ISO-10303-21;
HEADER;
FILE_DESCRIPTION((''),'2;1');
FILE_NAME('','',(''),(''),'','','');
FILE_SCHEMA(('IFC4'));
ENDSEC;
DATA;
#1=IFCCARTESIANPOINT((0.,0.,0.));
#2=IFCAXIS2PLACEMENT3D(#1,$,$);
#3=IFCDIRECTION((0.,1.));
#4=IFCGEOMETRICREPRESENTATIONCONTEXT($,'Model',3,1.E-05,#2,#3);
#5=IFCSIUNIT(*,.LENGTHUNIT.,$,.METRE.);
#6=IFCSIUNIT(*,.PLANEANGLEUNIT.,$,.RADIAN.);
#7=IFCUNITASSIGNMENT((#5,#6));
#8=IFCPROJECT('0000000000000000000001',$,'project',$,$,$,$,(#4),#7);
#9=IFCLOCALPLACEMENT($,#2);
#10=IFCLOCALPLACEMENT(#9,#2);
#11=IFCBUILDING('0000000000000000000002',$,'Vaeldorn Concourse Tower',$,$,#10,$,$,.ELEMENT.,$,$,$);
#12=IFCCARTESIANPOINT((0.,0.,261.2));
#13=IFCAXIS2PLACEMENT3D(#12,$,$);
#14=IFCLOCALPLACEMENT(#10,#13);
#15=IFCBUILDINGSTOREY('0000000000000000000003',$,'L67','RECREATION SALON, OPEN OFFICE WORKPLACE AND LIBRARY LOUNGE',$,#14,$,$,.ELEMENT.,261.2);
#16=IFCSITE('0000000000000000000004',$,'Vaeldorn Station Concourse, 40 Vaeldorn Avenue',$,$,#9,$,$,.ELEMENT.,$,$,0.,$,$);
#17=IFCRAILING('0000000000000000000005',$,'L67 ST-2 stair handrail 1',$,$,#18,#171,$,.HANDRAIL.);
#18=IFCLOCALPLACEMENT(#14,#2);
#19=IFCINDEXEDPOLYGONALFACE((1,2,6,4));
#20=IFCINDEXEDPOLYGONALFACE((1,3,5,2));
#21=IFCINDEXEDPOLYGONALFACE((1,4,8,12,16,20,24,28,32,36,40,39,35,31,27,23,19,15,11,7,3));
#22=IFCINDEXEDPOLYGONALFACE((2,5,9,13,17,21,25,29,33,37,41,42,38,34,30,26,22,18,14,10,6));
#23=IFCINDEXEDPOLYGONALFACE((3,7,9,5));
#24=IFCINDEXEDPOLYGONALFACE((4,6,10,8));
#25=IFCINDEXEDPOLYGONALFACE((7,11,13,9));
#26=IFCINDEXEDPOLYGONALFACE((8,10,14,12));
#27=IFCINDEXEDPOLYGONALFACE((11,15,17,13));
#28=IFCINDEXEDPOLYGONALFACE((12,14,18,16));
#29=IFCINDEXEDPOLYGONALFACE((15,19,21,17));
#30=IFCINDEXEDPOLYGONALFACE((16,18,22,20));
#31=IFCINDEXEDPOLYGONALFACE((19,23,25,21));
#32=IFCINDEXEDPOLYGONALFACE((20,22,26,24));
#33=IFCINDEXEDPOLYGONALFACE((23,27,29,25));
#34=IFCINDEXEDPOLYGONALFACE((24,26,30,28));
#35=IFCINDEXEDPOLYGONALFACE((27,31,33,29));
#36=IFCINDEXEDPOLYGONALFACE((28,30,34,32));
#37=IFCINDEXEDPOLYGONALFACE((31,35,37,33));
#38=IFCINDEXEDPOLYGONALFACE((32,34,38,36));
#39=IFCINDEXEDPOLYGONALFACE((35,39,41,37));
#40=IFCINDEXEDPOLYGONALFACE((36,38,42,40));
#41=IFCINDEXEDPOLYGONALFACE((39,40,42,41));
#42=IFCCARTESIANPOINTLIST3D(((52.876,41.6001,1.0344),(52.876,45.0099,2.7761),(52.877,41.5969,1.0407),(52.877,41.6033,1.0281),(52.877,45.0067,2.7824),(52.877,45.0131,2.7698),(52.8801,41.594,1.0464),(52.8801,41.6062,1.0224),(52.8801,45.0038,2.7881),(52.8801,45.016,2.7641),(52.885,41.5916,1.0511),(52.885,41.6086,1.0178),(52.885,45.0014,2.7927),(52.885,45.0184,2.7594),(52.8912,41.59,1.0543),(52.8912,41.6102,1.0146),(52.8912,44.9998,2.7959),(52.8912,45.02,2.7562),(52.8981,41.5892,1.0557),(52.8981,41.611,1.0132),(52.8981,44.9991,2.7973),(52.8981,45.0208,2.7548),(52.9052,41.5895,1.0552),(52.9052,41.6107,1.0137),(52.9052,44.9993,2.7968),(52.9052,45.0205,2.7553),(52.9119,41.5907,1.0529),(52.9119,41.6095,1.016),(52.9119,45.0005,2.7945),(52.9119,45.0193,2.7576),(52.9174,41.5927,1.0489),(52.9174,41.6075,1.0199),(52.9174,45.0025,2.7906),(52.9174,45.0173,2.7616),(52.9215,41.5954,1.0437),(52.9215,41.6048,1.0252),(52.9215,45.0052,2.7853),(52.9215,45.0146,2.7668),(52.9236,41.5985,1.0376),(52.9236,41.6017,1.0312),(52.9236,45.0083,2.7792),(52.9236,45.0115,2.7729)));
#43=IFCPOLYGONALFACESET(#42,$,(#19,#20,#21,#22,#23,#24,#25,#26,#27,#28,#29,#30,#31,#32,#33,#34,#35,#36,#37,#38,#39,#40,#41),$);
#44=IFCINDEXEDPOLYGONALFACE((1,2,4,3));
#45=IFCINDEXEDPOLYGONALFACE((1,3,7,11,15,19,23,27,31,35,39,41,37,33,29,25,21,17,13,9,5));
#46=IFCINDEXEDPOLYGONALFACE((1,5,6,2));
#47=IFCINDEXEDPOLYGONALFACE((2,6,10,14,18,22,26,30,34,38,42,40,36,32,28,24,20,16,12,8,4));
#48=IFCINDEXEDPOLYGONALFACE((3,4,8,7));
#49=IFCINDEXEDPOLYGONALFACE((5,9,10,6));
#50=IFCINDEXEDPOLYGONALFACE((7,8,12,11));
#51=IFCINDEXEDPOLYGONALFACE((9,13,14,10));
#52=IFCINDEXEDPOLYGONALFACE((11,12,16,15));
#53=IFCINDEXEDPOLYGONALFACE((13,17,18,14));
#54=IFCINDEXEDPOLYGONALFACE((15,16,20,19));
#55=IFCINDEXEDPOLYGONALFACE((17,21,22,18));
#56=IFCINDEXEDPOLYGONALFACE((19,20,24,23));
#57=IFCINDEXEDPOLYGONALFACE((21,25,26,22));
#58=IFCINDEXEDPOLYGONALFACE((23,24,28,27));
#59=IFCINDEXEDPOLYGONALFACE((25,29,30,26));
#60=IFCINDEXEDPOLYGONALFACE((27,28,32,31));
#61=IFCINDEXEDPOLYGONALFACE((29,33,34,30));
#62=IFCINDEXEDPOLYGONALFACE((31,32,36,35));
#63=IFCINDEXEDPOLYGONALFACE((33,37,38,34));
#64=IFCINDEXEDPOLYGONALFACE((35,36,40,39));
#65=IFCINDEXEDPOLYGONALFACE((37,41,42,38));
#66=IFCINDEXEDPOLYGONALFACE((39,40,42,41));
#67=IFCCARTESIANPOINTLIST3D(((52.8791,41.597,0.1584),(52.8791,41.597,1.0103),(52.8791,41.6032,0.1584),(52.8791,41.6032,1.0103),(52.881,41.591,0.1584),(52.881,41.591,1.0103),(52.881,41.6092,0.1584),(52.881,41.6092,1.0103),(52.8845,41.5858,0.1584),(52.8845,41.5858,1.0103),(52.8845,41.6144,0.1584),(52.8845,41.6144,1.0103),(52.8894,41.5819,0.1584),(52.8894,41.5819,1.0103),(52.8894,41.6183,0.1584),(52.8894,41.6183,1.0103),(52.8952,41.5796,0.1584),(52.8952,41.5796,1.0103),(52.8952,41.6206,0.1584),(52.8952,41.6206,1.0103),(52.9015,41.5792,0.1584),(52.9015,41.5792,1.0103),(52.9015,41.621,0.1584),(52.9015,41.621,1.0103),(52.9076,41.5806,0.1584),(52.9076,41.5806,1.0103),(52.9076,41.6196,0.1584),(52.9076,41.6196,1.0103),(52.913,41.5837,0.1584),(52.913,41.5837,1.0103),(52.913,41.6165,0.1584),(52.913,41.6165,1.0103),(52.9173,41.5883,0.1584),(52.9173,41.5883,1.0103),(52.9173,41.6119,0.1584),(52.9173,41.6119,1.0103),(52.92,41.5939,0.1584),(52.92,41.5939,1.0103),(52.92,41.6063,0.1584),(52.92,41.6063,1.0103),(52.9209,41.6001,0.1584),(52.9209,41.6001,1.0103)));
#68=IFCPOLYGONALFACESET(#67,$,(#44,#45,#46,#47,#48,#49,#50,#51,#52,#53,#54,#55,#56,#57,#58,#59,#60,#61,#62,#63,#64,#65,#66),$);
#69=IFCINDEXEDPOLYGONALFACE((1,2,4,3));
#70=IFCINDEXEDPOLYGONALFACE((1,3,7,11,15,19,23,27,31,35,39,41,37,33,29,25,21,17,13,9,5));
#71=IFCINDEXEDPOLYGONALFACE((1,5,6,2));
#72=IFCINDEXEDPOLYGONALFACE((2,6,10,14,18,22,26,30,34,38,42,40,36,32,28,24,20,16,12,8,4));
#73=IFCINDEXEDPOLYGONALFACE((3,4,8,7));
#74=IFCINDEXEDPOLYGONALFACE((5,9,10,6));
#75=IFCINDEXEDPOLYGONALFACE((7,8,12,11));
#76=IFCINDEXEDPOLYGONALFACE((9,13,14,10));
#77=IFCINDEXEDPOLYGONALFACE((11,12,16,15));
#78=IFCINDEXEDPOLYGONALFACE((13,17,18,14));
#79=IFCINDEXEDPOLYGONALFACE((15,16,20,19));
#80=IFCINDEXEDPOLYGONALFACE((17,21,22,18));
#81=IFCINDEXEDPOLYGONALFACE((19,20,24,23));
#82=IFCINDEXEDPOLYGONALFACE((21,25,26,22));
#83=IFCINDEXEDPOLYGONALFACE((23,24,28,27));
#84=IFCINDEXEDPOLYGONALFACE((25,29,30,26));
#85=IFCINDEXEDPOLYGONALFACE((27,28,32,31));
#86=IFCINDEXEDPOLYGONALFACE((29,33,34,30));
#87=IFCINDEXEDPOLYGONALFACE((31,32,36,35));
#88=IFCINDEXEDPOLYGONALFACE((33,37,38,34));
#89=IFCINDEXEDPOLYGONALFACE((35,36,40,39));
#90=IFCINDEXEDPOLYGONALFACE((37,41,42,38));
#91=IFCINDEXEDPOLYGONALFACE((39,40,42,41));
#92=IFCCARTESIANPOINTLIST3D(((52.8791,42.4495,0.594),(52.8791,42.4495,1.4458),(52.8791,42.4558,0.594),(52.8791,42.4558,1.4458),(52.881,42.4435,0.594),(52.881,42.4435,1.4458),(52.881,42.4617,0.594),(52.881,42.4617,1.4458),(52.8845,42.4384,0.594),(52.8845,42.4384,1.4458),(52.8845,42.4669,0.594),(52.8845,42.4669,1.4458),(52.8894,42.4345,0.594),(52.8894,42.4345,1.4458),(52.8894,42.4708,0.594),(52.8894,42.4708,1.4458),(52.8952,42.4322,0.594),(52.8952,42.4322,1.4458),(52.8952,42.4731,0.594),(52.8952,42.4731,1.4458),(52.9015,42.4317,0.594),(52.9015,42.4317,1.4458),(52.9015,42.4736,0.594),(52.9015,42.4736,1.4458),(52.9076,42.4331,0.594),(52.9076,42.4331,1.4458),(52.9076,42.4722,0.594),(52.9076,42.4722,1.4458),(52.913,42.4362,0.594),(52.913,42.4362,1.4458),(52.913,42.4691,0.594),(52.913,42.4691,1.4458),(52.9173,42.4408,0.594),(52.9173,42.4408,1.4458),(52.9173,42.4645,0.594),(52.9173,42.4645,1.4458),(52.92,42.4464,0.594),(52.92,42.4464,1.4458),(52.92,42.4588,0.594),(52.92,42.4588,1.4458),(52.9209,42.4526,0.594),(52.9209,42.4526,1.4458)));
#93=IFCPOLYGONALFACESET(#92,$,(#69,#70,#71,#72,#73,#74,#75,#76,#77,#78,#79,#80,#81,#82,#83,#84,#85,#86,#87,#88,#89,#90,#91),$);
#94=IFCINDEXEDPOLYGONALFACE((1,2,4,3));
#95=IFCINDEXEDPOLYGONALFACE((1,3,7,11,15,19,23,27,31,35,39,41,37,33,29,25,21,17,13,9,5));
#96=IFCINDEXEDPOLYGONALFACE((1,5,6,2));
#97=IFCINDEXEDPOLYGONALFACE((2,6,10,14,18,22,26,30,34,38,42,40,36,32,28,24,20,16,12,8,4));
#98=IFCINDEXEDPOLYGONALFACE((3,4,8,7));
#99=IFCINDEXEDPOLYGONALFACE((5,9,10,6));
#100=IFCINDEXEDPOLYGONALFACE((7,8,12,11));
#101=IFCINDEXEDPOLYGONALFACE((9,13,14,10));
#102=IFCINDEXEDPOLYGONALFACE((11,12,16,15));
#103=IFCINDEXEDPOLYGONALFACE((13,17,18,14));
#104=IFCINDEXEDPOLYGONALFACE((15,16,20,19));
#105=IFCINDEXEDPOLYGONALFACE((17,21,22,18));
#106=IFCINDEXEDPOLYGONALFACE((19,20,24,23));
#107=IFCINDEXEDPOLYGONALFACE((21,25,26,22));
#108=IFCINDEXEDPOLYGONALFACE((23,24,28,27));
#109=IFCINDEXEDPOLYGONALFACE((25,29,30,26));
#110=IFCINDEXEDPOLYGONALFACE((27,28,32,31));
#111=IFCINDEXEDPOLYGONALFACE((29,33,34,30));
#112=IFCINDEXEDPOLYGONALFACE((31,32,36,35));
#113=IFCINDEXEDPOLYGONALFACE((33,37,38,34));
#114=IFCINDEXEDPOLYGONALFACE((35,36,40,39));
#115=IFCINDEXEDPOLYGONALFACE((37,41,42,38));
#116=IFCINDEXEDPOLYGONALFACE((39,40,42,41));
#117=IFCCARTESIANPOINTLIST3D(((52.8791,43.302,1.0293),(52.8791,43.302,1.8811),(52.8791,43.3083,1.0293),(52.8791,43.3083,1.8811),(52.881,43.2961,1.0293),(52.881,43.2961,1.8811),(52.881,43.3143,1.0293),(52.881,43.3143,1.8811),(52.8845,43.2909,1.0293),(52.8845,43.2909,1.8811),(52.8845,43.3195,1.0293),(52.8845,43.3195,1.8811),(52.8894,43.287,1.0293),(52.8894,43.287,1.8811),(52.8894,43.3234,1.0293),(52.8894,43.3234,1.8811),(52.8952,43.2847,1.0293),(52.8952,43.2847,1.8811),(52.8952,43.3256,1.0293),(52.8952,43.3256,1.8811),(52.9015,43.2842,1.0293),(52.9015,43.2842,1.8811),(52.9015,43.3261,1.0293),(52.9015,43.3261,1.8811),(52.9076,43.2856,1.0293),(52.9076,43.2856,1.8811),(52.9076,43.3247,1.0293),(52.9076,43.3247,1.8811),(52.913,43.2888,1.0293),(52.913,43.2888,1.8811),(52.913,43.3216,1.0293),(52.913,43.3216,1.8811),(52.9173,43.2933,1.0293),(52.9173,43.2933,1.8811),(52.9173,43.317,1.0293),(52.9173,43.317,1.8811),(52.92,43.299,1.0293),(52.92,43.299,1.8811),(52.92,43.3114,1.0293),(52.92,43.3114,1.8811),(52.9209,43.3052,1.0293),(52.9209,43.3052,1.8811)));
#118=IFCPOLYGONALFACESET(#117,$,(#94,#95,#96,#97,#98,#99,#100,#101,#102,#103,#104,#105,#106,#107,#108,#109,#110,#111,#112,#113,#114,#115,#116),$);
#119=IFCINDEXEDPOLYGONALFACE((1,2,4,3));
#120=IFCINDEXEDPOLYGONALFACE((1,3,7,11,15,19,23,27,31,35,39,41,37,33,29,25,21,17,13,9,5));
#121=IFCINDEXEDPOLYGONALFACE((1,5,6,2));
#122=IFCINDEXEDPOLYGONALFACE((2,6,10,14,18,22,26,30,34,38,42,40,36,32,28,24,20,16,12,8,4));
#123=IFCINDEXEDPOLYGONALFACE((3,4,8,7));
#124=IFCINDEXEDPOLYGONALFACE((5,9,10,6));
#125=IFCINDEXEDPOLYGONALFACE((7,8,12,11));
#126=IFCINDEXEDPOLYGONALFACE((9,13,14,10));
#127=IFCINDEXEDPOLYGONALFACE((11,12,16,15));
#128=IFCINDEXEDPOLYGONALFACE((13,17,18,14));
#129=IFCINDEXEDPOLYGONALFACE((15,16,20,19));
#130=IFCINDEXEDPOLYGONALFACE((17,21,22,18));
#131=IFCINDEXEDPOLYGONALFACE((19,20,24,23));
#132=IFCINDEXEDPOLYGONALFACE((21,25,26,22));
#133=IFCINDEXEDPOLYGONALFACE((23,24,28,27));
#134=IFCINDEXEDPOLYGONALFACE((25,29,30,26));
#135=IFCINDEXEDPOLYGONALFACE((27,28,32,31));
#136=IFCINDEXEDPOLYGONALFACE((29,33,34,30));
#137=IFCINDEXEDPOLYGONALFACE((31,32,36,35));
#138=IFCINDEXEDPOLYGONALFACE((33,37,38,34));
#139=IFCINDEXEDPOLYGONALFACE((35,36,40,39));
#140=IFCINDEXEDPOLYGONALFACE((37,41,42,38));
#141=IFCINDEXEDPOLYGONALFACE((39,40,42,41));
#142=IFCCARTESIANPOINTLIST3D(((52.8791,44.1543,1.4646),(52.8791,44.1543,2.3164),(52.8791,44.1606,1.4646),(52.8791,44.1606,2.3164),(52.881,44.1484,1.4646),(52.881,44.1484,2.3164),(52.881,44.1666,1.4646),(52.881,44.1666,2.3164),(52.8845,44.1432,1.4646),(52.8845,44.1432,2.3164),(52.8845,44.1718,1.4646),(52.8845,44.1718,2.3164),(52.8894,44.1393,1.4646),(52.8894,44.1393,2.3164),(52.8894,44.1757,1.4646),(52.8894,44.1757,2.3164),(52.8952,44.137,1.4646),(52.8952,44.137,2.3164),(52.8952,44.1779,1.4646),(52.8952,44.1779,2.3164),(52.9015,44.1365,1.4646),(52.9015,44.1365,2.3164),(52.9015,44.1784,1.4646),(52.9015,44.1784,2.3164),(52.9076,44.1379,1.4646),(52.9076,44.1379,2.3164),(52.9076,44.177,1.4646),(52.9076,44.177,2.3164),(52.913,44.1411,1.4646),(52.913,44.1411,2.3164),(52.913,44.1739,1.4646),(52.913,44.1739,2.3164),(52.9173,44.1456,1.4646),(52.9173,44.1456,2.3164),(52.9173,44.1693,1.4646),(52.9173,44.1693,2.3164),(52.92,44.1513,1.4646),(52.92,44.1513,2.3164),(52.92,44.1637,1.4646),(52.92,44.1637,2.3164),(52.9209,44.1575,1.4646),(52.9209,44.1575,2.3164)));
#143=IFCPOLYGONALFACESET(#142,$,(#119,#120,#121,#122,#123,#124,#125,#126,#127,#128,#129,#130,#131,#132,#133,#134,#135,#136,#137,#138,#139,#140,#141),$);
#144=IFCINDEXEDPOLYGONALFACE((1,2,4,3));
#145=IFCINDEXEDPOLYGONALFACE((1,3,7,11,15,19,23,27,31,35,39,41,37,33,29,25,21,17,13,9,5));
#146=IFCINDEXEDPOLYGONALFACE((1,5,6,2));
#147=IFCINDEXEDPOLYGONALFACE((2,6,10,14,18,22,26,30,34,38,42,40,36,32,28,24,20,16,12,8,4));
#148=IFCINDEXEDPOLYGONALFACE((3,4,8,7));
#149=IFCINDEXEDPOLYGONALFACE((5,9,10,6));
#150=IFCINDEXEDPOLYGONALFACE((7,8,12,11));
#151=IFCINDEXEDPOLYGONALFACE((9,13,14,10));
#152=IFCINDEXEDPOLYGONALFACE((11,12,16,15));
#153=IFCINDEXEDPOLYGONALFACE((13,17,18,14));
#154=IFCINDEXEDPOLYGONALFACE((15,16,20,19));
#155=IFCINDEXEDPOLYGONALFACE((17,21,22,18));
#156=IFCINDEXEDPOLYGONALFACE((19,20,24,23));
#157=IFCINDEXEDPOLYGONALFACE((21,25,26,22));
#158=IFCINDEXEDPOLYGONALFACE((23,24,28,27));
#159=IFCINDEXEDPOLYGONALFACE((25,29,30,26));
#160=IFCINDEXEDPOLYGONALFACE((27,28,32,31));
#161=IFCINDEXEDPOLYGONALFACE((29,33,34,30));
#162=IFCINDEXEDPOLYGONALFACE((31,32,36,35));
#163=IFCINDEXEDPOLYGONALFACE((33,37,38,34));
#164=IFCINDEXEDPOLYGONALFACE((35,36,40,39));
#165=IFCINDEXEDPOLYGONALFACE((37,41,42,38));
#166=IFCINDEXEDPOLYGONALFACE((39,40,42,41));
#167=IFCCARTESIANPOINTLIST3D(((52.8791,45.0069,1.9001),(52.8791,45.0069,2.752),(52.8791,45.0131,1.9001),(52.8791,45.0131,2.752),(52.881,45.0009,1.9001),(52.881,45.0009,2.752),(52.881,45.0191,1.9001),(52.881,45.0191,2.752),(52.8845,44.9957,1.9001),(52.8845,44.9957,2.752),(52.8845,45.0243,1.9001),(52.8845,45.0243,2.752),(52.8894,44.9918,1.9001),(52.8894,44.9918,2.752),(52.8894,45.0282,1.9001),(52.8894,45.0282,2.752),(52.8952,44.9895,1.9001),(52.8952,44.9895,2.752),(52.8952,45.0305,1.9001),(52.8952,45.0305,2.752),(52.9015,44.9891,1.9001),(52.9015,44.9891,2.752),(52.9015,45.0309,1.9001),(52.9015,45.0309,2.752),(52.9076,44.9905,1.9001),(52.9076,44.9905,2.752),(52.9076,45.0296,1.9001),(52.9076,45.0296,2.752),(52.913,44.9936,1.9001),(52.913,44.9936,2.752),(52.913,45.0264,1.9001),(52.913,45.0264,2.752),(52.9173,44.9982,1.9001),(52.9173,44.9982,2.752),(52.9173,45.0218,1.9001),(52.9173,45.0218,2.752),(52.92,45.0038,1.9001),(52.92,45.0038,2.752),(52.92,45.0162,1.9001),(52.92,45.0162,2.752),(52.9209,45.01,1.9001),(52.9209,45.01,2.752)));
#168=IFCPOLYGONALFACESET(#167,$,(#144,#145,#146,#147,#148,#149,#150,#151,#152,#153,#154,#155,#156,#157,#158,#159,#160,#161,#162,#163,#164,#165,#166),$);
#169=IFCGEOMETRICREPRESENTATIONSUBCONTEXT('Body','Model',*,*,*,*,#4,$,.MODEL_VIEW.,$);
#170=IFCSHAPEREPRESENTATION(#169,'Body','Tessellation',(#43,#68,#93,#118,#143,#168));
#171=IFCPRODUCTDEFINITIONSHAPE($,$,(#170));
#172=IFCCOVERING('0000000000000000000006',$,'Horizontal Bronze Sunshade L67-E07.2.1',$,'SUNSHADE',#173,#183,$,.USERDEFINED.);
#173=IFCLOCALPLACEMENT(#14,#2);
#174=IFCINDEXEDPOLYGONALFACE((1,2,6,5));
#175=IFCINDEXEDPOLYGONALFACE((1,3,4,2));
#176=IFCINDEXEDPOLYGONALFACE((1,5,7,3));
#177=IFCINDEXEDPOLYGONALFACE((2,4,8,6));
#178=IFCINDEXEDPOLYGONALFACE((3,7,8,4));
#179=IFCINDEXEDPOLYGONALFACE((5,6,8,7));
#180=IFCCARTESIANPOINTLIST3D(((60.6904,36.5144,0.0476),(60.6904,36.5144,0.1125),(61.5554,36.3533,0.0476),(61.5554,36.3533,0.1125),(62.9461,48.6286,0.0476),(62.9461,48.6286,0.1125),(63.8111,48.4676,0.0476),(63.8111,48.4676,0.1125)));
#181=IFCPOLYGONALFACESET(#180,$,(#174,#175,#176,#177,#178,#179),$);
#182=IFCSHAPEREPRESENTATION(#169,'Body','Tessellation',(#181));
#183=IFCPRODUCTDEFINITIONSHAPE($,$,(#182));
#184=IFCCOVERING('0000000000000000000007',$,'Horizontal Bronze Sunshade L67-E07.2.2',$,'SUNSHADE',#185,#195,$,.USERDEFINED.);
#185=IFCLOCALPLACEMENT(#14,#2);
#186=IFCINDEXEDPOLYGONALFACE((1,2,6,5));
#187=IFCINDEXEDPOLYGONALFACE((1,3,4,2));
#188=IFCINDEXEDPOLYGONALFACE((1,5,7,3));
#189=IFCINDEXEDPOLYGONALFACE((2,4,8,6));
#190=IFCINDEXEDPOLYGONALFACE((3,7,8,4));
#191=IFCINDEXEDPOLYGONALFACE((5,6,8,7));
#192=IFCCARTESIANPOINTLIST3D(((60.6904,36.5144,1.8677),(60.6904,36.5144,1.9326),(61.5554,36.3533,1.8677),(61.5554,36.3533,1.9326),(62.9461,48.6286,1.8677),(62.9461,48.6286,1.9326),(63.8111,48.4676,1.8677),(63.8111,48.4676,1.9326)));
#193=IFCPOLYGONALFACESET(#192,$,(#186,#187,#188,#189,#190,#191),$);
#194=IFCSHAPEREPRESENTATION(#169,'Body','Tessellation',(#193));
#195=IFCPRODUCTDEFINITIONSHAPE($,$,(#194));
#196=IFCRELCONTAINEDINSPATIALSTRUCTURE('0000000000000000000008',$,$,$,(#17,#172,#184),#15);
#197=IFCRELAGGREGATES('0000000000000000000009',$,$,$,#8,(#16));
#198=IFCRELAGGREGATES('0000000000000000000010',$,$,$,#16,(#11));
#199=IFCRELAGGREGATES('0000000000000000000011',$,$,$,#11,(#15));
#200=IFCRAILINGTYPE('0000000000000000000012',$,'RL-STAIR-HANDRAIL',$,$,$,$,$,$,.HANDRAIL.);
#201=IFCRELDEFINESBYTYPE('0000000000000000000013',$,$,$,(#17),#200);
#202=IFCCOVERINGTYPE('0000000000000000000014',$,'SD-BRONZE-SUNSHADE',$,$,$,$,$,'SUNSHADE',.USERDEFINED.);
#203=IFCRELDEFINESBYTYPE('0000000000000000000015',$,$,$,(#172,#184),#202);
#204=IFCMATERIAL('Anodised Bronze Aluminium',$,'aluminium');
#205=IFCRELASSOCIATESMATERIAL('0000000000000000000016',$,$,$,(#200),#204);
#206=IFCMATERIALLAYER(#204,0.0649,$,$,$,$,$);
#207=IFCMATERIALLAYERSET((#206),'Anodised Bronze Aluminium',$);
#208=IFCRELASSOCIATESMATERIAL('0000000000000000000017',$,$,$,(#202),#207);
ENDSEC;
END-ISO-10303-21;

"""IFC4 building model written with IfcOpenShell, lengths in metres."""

from ifc_helpers import new_model, si_unit, direction, frame, origin, origin_2d, place, context, subcontext, project, spatial, rectangle, circle, extrude, source, transform, mapped, material, layer, layer_set, type_object, element, save


model = new_model("IFC4")

# Units and contexts
model_context = context("Model", 3, precision=1e-05, world=origin(), true_north=direction((0.0, 1.0)))
body_context = subcontext(model_context, "Body", "Model", "MODEL_VIEW")
ifc_project = project(units=[si_unit("LENGTHUNIT", "METRE"), si_unit("PLANEANGLEUNIT", "RADIAN")], contexts=[model_context])

# Site, building, storey
site_placement = place(None, origin())
site = spatial("IfcSite", under=ifc_project, at=site_placement, Name="Vaeldorn Station Concourse, 40 Vaeldorn Avenue", CompositionType="ELEMENT", RefElevation=0.0)
building_placement = place(site_placement, origin())
building = spatial("IfcBuilding", under=site, at=building_placement, Name="Vaeldorn Concourse Tower", CompositionType="ELEMENT")
storey_placement = place(building_placement, frame((0.0, 0.0, 261.2)))
storey = spatial("IfcBuildingStorey", under=building, at=storey_placement, Name="L67", Description="RECREATION SALON, OPEN OFFICE WORKPLACE AND LIBRARY LOUNGE", CompositionType="ELEMENT", Elevation=261.2)

# Shared definitions
ifc_material_1 = material(Name="Anodised Bronze Aluminium", Category="aluminium")

# Railing
railing_type_1 = type_object("IfcRailingType", Name="RL-STAIR-HANDRAIL", PredefinedType="HANDRAIL", material=ifc_material_1)
railing_1_placement = place(storey_placement, frame((52.8999, 41.6001, 0.1584)))
element("IfcRailing", 1, at=railing_1_placement, inside=storey, type_object=railing_type_1, Name="L67 ST-2 stair handrail 1", PredefinedType="HANDRAIL", context=body_context, shape_type="SweptSolid", body=[
    extrude(circle(Radius=0.0239, at=origin_2d()), frame((0.0, 0.0, 0.876), z_axis=(0.0, 0.890556, 0.454874), x_axis=(-1.0, 0.0, 0.0)), (0.0, 0.0, 1.0), 3.8289),
    extrude(circle(Radius=0.021, at=origin_2d()), origin(), (0.0, 0.0, 1.0), 0.8518),
    extrude(circle(Radius=0.021, at=origin_2d()), frame((0.0, 0.8525, 0.4355)), (0.0, 0.0, 1.0), 0.8518),
    extrude(circle(Radius=0.021, at=origin_2d()), frame((0.0, 1.7051, 0.8708)), (0.0, 0.0, 1.0), 0.8518),
    extrude(circle(Radius=0.021, at=origin_2d()), frame((0.0, 2.5574, 1.3062)), (0.0, 0.0, 1.0), 0.8518),
    extrude(circle(Radius=0.021, at=origin_2d()), frame((0.0, 3.4099, 1.7417)), (0.0, 0.0, 1.0), 0.8518),
])

# Coverings
ifc_layer_1 = layer(ifc_material_1, 0.0649)
ifc_layer_set_1 = layer_set([ifc_layer_1], Name="Anodised Bronze Aluminium")
covering_type = type_object("IfcCoveringType", Name="SD-BRONZE-SUNSHADE", ElementType="SUNSHADE", PredefinedType="USERDEFINED", material=ifc_layer_set_1)
shared_shape_1 = source(origin(), body_context, "Body", "SweptSolid", [
    extrude(rectangle(XDim=12.3225, YDim=0.8799, at=origin_2d()), origin(), (0.0, 0.0, 1.0), 0.0649),
])
for number, where, z_axis, x_axis, name in (
    (2, (62.2507, 42.491, 0.0476), (0.0, 0.0, 1.0), (0.183059, 0.983102, 0.0), "Horizontal Bronze Sunshade L67-E07.2.1"),
    (3, (62.2507, 42.491, 1.8677), (0.0, 0.0, 1.0), (0.183059, 0.983102, 0.0), "Horizontal Bronze Sunshade L67-E07.2.2"),
):
    element("IfcCovering", number, at=place(storey_placement, frame(where, z_axis=z_axis, x_axis=x_axis)), inside=storey, type_object=covering_type, Name=name, ObjectType="SUNSHADE", PredefinedType="USERDEFINED", context=body_context, shape_type="MappedRepresentation", body=[
        mapped(shared_shape_1, transform((0.0, 0.0, 0.0), scale=1.0)),
    ])

save(model, "model.ifc")
